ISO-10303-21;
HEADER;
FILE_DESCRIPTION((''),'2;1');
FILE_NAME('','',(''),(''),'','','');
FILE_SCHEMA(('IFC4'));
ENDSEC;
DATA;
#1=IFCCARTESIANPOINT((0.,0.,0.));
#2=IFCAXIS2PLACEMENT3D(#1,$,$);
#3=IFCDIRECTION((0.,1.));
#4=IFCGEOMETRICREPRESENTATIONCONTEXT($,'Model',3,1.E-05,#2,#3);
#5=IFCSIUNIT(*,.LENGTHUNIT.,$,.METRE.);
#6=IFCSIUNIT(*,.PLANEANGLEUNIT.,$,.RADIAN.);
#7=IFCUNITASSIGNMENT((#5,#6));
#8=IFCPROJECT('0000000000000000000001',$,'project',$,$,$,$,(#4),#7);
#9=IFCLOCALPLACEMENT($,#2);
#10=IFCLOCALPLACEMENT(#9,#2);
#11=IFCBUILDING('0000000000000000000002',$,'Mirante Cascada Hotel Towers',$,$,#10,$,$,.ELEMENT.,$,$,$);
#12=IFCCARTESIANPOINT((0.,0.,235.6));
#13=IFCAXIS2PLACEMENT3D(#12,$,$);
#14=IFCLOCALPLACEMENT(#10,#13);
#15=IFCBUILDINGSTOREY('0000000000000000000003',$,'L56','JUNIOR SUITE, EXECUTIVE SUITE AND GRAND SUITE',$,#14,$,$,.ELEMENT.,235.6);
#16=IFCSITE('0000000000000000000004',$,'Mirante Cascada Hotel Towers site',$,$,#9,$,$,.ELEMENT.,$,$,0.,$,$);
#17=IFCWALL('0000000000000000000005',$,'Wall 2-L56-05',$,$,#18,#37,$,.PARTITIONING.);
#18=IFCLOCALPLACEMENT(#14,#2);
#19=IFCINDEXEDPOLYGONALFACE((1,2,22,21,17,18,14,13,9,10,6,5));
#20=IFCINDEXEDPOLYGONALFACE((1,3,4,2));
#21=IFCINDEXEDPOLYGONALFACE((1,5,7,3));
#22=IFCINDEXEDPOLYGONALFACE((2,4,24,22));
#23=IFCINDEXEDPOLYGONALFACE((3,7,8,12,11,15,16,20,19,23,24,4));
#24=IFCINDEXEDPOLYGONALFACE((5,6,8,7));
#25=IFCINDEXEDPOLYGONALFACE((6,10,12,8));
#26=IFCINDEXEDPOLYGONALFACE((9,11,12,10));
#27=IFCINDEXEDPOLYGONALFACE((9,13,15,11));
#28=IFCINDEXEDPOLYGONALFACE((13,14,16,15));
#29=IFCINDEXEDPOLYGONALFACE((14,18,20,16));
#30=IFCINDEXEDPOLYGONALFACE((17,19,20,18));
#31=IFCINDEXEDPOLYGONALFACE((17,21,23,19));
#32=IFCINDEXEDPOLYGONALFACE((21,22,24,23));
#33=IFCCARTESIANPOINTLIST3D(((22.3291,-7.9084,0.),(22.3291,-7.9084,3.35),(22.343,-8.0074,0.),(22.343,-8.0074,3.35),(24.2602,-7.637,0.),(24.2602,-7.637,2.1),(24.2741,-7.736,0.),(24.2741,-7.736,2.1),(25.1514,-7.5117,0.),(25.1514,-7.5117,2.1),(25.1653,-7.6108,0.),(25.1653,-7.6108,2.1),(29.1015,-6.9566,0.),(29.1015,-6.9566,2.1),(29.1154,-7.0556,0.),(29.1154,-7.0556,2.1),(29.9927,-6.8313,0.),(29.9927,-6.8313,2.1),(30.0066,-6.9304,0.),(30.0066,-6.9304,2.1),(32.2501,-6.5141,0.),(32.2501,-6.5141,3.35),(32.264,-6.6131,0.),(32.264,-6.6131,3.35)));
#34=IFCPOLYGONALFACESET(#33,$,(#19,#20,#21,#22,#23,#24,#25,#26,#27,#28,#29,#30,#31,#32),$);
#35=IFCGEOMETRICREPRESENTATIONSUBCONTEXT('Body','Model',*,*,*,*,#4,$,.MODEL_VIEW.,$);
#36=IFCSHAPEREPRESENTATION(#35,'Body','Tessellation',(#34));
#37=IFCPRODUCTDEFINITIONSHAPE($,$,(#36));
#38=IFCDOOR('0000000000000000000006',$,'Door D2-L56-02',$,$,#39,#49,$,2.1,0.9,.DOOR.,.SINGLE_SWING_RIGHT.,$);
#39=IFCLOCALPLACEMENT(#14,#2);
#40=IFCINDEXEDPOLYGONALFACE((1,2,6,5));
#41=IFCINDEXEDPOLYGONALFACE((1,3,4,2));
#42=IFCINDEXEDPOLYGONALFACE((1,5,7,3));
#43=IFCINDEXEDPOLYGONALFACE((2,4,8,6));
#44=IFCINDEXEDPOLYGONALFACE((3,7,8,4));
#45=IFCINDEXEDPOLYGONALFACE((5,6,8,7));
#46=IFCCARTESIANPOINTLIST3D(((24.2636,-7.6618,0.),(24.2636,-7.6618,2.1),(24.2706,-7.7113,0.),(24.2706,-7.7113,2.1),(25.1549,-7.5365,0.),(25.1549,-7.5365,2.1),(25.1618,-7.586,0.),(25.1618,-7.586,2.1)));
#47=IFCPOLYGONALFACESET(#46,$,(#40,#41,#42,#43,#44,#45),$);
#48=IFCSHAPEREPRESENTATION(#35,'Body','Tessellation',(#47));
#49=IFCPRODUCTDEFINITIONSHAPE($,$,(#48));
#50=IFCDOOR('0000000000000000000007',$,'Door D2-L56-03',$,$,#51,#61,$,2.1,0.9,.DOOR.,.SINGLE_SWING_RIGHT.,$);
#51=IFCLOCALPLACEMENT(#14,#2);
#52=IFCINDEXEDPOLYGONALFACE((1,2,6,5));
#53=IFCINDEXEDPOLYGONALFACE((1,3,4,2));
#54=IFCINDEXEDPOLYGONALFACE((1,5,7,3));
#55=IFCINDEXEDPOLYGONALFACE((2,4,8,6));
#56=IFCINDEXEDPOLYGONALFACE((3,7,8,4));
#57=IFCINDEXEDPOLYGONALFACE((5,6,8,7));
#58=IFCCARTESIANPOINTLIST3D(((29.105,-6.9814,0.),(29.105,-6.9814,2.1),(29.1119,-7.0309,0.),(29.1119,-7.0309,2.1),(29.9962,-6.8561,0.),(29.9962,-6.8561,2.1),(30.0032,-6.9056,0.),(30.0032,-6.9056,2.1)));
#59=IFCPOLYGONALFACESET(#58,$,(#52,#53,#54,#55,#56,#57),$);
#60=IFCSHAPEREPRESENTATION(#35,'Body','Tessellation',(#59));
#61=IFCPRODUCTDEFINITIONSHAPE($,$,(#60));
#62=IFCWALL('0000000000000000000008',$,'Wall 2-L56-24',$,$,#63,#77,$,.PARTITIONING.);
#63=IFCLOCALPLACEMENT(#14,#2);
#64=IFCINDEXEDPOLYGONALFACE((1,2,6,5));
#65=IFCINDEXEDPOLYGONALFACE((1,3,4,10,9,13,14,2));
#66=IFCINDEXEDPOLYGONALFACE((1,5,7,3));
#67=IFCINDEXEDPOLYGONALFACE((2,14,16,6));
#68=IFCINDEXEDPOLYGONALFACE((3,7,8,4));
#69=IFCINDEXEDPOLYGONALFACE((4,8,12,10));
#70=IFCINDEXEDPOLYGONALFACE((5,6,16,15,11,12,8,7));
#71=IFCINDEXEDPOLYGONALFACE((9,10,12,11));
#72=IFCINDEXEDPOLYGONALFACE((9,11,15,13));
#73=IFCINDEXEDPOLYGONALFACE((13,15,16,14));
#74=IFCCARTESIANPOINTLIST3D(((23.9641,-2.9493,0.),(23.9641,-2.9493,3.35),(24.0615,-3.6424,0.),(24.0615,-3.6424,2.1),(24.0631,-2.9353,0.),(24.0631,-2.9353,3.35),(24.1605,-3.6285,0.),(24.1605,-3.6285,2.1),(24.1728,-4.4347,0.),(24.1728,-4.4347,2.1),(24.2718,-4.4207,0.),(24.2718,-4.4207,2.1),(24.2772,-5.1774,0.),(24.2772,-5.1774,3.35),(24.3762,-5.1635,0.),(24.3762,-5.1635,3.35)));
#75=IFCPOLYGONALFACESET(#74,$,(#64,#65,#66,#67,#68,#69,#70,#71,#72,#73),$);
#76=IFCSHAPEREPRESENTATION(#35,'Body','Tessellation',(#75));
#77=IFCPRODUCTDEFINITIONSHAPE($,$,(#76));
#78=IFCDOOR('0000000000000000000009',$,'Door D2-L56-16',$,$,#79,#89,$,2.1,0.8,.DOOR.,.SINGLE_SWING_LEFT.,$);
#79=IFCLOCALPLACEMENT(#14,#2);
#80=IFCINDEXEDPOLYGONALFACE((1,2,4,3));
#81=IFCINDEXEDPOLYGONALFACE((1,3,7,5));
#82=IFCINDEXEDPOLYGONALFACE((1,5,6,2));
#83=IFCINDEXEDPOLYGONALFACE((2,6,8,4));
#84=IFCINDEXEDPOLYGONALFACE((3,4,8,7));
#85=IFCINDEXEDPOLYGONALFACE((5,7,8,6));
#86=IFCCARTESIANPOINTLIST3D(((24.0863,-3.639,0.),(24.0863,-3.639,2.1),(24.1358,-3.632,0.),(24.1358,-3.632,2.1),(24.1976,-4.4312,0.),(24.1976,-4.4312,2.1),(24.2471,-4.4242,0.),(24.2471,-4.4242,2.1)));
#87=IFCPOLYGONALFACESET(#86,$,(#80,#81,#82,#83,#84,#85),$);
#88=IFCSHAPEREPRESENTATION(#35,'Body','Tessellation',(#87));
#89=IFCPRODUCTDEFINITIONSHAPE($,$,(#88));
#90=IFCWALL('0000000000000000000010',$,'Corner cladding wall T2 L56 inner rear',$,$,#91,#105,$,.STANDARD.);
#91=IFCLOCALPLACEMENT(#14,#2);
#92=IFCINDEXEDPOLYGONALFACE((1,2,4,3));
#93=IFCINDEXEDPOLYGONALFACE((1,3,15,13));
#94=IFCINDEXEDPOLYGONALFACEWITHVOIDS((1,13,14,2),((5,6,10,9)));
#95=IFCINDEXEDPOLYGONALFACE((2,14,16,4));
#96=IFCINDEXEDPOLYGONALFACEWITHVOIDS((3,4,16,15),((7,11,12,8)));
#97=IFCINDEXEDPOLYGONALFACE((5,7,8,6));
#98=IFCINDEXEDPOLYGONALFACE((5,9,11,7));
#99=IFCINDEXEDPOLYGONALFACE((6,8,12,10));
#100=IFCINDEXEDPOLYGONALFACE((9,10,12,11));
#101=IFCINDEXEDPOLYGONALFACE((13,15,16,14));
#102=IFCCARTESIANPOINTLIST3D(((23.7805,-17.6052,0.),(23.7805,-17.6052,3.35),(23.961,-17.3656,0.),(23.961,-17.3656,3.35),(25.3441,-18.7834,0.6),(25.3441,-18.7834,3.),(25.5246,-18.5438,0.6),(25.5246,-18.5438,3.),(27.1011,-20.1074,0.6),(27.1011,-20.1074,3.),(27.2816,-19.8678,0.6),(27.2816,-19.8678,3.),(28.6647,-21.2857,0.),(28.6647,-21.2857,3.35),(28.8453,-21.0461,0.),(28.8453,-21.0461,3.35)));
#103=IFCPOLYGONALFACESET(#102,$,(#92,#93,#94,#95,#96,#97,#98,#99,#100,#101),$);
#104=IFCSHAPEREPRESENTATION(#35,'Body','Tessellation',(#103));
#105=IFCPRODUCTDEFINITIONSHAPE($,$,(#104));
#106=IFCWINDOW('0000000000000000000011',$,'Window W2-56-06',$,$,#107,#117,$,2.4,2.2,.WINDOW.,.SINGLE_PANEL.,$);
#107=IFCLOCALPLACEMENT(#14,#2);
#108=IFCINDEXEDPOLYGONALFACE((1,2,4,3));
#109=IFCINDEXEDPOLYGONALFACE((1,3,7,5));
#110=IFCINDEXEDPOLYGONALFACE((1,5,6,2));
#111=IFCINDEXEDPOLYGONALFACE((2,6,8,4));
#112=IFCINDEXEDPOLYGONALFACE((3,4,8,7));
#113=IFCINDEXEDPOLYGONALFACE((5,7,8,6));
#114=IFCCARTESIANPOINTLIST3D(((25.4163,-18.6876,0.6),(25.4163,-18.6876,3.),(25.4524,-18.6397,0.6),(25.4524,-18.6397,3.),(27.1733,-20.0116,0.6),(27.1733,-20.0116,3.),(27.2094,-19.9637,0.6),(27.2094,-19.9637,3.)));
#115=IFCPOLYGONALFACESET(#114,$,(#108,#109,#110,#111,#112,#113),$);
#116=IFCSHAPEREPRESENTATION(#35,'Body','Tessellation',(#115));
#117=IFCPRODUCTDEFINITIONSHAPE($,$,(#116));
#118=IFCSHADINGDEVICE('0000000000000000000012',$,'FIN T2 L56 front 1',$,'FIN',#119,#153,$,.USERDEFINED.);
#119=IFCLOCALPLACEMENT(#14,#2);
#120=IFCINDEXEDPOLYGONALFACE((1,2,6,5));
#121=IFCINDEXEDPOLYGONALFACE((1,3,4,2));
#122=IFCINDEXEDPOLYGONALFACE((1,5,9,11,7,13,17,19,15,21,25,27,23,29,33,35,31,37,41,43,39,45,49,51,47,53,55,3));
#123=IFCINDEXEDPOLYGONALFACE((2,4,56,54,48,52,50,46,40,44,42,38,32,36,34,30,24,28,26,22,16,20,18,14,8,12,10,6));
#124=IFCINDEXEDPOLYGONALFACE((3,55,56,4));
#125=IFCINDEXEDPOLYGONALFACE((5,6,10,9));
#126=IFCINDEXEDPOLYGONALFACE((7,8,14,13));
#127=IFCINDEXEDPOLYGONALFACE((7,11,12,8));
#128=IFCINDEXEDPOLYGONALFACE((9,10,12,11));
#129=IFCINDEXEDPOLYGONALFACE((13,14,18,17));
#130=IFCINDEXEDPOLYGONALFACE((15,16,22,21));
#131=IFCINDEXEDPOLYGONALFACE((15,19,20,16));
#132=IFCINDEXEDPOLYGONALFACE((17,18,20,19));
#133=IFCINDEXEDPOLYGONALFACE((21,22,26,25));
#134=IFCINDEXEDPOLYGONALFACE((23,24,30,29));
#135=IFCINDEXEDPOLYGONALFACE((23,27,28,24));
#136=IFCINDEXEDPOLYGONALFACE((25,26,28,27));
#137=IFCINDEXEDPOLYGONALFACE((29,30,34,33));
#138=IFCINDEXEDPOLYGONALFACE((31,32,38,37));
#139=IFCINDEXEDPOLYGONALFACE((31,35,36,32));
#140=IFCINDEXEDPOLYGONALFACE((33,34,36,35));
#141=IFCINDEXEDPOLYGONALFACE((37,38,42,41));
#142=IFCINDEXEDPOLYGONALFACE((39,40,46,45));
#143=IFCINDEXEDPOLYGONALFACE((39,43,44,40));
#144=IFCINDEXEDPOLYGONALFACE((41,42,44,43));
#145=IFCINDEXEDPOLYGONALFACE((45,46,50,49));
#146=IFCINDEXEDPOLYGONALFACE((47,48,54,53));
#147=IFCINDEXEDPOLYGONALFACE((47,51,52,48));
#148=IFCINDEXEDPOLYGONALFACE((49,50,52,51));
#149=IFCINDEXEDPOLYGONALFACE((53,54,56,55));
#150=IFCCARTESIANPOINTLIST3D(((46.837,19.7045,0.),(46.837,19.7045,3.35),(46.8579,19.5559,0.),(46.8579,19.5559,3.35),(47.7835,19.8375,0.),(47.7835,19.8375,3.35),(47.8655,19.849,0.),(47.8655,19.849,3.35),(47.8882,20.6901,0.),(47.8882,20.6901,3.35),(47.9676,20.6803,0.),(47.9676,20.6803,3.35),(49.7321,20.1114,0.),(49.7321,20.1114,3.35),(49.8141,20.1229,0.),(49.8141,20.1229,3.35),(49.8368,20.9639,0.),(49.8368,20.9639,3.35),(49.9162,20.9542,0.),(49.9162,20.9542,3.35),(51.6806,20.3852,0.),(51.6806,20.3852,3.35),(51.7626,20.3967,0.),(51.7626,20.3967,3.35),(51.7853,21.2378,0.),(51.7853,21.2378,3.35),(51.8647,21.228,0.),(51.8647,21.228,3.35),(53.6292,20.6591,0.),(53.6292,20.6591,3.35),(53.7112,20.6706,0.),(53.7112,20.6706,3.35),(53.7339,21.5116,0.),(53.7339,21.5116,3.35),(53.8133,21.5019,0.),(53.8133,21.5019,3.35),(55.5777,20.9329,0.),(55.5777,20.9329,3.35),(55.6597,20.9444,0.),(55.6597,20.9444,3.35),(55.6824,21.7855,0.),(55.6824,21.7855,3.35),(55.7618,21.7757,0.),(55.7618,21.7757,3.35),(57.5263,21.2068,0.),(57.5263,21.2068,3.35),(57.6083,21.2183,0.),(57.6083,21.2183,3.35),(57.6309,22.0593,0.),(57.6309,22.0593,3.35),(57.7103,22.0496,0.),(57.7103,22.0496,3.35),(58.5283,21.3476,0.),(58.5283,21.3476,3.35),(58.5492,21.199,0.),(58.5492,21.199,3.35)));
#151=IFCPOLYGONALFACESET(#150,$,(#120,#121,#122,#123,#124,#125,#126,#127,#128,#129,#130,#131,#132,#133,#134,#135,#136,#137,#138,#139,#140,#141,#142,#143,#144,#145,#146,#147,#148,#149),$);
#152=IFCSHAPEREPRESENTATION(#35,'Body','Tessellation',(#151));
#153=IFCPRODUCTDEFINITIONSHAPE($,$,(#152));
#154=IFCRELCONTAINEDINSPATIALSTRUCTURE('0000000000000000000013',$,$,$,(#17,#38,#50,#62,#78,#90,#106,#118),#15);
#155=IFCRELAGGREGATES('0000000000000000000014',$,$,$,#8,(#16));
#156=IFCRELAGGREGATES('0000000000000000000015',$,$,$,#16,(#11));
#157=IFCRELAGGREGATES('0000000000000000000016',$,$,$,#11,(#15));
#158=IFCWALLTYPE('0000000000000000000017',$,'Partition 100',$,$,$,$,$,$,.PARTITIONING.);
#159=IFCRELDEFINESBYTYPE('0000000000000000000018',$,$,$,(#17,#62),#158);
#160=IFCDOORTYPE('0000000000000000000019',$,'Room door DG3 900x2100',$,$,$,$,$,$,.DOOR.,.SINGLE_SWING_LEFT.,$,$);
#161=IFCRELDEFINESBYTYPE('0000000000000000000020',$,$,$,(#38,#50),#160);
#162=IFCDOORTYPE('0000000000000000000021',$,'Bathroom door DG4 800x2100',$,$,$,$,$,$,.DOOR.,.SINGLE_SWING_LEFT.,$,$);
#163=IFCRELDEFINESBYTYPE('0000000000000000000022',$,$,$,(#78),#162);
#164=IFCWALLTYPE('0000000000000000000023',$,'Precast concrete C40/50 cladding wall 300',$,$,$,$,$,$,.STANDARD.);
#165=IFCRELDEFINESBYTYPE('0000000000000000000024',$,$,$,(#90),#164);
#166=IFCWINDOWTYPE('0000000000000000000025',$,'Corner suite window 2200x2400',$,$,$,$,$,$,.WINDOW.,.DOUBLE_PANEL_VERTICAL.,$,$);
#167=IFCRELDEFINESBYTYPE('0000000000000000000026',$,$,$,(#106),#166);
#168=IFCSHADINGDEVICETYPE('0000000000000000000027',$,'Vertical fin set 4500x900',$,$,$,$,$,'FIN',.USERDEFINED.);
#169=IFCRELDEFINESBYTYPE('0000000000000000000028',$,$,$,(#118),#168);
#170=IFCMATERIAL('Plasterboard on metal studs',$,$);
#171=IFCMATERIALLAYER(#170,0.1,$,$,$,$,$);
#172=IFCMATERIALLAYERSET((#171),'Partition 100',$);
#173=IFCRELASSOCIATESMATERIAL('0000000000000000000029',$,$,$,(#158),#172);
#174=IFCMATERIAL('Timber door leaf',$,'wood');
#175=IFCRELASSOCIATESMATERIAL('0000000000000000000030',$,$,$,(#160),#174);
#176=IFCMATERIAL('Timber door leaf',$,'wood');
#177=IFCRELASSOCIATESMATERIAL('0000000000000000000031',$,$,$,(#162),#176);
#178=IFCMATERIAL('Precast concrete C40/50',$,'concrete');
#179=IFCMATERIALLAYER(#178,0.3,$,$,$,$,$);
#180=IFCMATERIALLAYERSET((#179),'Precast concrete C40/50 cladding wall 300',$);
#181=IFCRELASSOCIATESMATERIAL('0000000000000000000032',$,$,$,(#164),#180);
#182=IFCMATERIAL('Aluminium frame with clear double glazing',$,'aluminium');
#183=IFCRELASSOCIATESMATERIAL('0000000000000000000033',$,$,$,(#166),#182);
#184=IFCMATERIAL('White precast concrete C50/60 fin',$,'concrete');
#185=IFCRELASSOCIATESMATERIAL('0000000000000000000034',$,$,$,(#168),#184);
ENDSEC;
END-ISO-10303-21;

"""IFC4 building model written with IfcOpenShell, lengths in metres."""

from ifc_helpers import new_model, si_unit, direction, frame, frame_2d, origin, place, context, subcontext, project, spatial, polyline, rectangle, outline, extrude, material, layer, layer_set, type_object, element, fill, save


model = new_model("IFC4")

# Units and contexts
model_context = context("Model", 3, precision=1e-05, world=origin(), true_north=direction((0.0, 1.0)))
body_context = subcontext(model_context, "Body", "Model", "MODEL_VIEW")
ifc_project = project(units=[si_unit("LENGTHUNIT", "METRE"), si_unit("PLANEANGLEUNIT", "RADIAN")], contexts=[model_context])

# Site, building, storey
site_placement = place(None, origin())
site = spatial("IfcSite", under=ifc_project, at=site_placement, Name="Mirante Cascada Hotel Towers site", CompositionType="ELEMENT", RefElevation=0.0)
building_placement = place(site_placement, origin())
building = spatial("IfcBuilding", under=site, at=building_placement, Name="Mirante Cascada Hotel Towers", CompositionType="ELEMENT")
storey_placement = place(building_placement, frame((0.0, 0.0, 235.6)))
storey = spatial("IfcBuildingStorey", under=building, at=storey_placement, Name="L56", Description="JUNIOR SUITE, EXECUTIVE SUITE AND GRAND SUITE", CompositionType="ELEMENT", Elevation=235.6)

# Shared definitions
ifc_material_1 = material(Name="Plasterboard on metal studs")
ifc_layer_1 = layer(ifc_material_1, 0.1)
ifc_layer_set_1 = layer_set([ifc_layer_1], Name="Partition 100")
wall_type_1 = type_object("IfcWallType", Name="Partition 100", PredefinedType="PARTITIONING", material=ifc_layer_set_1)

# Wall, openings, doors
wall_1_placement = place(storey_placement, frame((22.3361, -7.9579, 0.0), z_axis=(0.0, 0.0, 1.0), x_axis=(0.990268, 0.139173, 0.0)))
wall_1 = element("IfcWall", 1, at=wall_1_placement, inside=storey, type_object=wall_type_1, Name="Wall 2-L56-05", PredefinedType="PARTITIONING", context=body_context, shape_type="SweptSolid", body=[
    extrude(rectangle(XDim=10.0185, YDim=0.1, at=frame_2d((5.0092, 0.0))), origin(), (0.0, 0.0, 1.0), 3.35),
])
opening_1_placement = place(wall_1_placement, frame((1.95, 0.0, 0.0)))
opening_1 = element("IfcOpeningElement", 2, at=opening_1_placement, cuts=wall_1, PredefinedType="OPENING", context=body_context, shape_type="SweptSolid", body=[
    extrude(rectangle(XDim=0.9, YDim=2.1, at=frame_2d((0.45, 1.05))), frame((0.0, 0.05, 0.0), z_axis=(0.0, -1.0, 0.0), x_axis=(1.0, 0.0, 0.0)), (0.0, 0.0, 1.0), 0.1),
])
opening_2_placement = place(wall_1_placement, frame((6.8389, 0.0, 0.0)))
opening_2 = element("IfcOpeningElement", 3, at=opening_2_placement, cuts=wall_1, PredefinedType="OPENING", context=body_context, shape_type="SweptSolid", body=[
    extrude(rectangle(XDim=0.9, YDim=2.1, at=frame_2d((0.45, 1.05))), frame((0.0, 0.05, 0.0), z_axis=(0.0, -1.0, 0.0), x_axis=(1.0, 0.0, 0.0)), (0.0, 0.0, 1.0), 0.1),
])
ifc_material_2 = material(Name="Timber door leaf", Category="wood")
door_type_1 = type_object("IfcDoorType", Name="Room door DG3 900x2100", OperationType="SINGLE_SWING_LEFT", PredefinedType="DOOR", material=ifc_material_2)
door_1_placement = place(opening_1_placement, frame((0.9, 0.0, 0.0), z_axis=(0.0, 0.0, 1.0), x_axis=(-1.0, 0.0, 0.0)))
door_1 = element("IfcDoor", 4, at=door_1_placement, inside=storey, type_object=door_type_1, Name="Door D2-L56-02", OperationType="SINGLE_SWING_RIGHT", OverallHeight=2.1, OverallWidth=0.9, PredefinedType="DOOR", context=body_context, shape_type="SweptSolid", body=[
    extrude(rectangle(XDim=0.9, YDim=2.1, at=frame_2d((0.45, 1.05))), frame((0.0, 0.025, 0.0), z_axis=(0.0, -1.0, 0.0), x_axis=(1.0, 0.0, 0.0)), (0.0, 0.0, 1.0), 0.05),
])
fill(opening_1, door_1)
door_2_placement = place(opening_2_placement, frame((0.9, 0.0, 0.0), z_axis=(0.0, 0.0, 1.0), x_axis=(-1.0, 0.0, 0.0)))
door_2 = element("IfcDoor", 5, at=door_2_placement, inside=storey, type_object=door_type_1, Name="Door D2-L56-03", OperationType="SINGLE_SWING_RIGHT", OverallHeight=2.1, OverallWidth=0.9, PredefinedType="DOOR", context=body_context, shape_type="SweptSolid", body=[
    extrude(rectangle(XDim=0.9, YDim=2.1, at=frame_2d((0.45, 1.05))), frame((0.0, 0.025, 0.0), z_axis=(0.0, -1.0, 0.0), x_axis=(1.0, 0.0, 0.0)), (0.0, 0.0, 1.0), 0.05),
])
fill(opening_2, door_2)

# Wall, opening, door
wall_2_placement = place(storey_placement, frame((24.0136, -2.9423, 0.0), z_axis=(0.0, 0.0, 1.0), x_axis=(0.139156, -0.990271, 0.0)))
wall_2 = element("IfcWall", 6, at=wall_2_placement, inside=storey, type_object=wall_type_1, Name="Wall 2-L56-24", PredefinedType="PARTITIONING", context=body_context, shape_type="SweptSolid", body=[
    extrude(rectangle(XDim=2.25, YDim=0.1, at=frame_2d((1.125, 0.0))), origin(), (0.0, 0.0, 1.0), 3.35),
])
opening_3_placement = place(wall_2_placement, frame((0.7, 0.0, 0.0)))
opening_3 = element("IfcOpeningElement", 7, at=opening_3_placement, cuts=wall_2, PredefinedType="OPENING", context=body_context, shape_type="SweptSolid", body=[
    extrude(rectangle(XDim=0.8, YDim=2.1, at=frame_2d((0.4, 1.05))), frame((0.0, 0.05, 0.0), z_axis=(0.0, -1.0, 0.0), x_axis=(1.0, 0.0, 0.0)), (0.0, 0.0, 1.0), 0.1),
])
ifc_material_3 = material(Name="Timber door leaf", Category="wood")
door_type_2 = type_object("IfcDoorType", Name="Bathroom door DG4 800x2100", OperationType="SINGLE_SWING_LEFT", PredefinedType="DOOR", material=ifc_material_3)
door_3_placement = place(opening_3_placement, origin())
door_3 = element("IfcDoor", 8, at=door_3_placement, inside=storey, type_object=door_type_2, Name="Door D2-L56-16", OperationType="SINGLE_SWING_LEFT", OverallHeight=2.1, OverallWidth=0.8, PredefinedType="DOOR", context=body_context, shape_type="SweptSolid", body=[
    extrude(rectangle(XDim=0.8, YDim=2.1, at=frame_2d((0.4, 1.05))), frame((0.0, 0.025, 0.0), z_axis=(0.0, -1.0, 0.0), x_axis=(1.0, 0.0, 0.0)), (0.0, 0.0, 1.0), 0.05),
])
fill(opening_3, door_3)

# Wall, opening, window
ifc_material_4 = material(Name="Precast concrete C40/50", Category="concrete")
ifc_layer_2 = layer(ifc_material_4, 0.3)
ifc_layer_set_2 = layer_set([ifc_layer_2], Name="Precast concrete C40/50 cladding wall 300")
wall_type_2 = type_object("IfcWallType", Name="Precast concrete C40/50 cladding wall 300", PredefinedType="STANDARD", material=ifc_layer_set_2)
wall_3_placement = place(storey_placement, frame((23.8708, -17.4854, 0.0), z_axis=(0.0, 0.0, 1.0), x_axis=(0.798636, -0.601814, 0.0)))
wall_3 = element("IfcWall", 9, at=wall_3_placement, inside=storey, type_object=wall_type_2, Name="Corner cladding wall T2 L56 inner rear", PredefinedType="STANDARD", context=body_context, shape_type="SweptSolid", body=[
    extrude(rectangle(XDim=6.1157, YDim=0.3, at=frame_2d((3.0578, 0.0))), origin(), (0.0, 0.0, 1.0), 3.35),
])
opening_4_placement = place(wall_3_placement, frame((1.9578, 0.0, 0.6)))
opening_4 = element("IfcOpeningElement", 10, at=opening_4_placement, cuts=wall_3, PredefinedType="OPENING", context=body_context, shape_type="SweptSolid", body=[
    extrude(rectangle(XDim=2.2, YDim=2.4, at=frame_2d((1.1, 1.2))), frame((0.0, 0.15, 0.0), z_axis=(0.0, -1.0, 0.0), x_axis=(1.0, 0.0, 0.0)), (0.0, 0.0, 1.0), 0.3),
])
ifc_material_5 = material(Name="Aluminium frame with clear double glazing", Category="aluminium")
window_type = type_object("IfcWindowType", Name="Corner suite window 2200x2400", PartitioningType="DOUBLE_PANEL_VERTICAL", PredefinedType="WINDOW", material=ifc_material_5)
window_placement = place(opening_4_placement, origin())
window = element("IfcWindow", 11, at=window_placement, inside=storey, type_object=window_type, Name="Window W2-56-06", OverallHeight=2.4, OverallWidth=2.2, PartitioningType="SINGLE_PANEL", PredefinedType="WINDOW", context=body_context, shape_type="SweptSolid", body=[
    extrude(rectangle(XDim=2.2, YDim=2.4, at=frame_2d((1.1, 1.2))), frame((0.0, 0.03, 0.0), z_axis=(0.0, -1.0, 0.0), x_axis=(1.0, 0.0, 0.0)), (0.0, 0.0, 1.0), 0.06),
])
fill(opening_4, window)

# Shading device
ifc_material_6 = material(Name="White precast concrete C50/60 fin", Category="concrete")
shading_device_type = type_object("IfcShadingDeviceType", Name="Vertical fin set 4500x900", ElementType="FIN", PredefinedType="USERDEFINED", material=ifc_material_6)
shading_device_1_placement = place(storey_placement, origin())
element("IfcShadingDevice", 12, at=shading_device_1_placement, inside=storey, type_object=shading_device_type, Name="FIN T2 L56 front 1", ObjectType="FIN", PredefinedType="USERDEFINED", context=body_context, shape_type="SweptSolid", body=[
    extrude(outline(polyline([(47.9676, 20.6803), (47.8655, 19.849), (49.7321, 20.1114), (49.8368, 20.9639), (49.9162, 20.9542), (49.8141, 20.1229), (51.6806, 20.3852), (51.7853, 21.2378), (51.8647, 21.228), (51.7626, 20.3967), (53.6292, 20.6591), (53.7339, 21.5116), (53.8133, 21.5019), (53.7112, 20.6706), (55.5777, 20.9329), (55.6824, 21.7855), (55.7618, 21.7757), (55.6597, 20.9444), (57.5263, 21.2068), (57.6309, 22.0593), (57.7103, 22.0496), (57.6083, 21.2183), (58.5283, 21.3476), (58.5492, 21.199), (46.8579, 19.5559), (46.837, 19.7045), (47.7835, 19.8375), (47.8882, 20.6901), (47.9676, 20.6803)])), origin(), (0.0, 0.0, 1.0), 3.35),
])

save(model, "model.ifc")
